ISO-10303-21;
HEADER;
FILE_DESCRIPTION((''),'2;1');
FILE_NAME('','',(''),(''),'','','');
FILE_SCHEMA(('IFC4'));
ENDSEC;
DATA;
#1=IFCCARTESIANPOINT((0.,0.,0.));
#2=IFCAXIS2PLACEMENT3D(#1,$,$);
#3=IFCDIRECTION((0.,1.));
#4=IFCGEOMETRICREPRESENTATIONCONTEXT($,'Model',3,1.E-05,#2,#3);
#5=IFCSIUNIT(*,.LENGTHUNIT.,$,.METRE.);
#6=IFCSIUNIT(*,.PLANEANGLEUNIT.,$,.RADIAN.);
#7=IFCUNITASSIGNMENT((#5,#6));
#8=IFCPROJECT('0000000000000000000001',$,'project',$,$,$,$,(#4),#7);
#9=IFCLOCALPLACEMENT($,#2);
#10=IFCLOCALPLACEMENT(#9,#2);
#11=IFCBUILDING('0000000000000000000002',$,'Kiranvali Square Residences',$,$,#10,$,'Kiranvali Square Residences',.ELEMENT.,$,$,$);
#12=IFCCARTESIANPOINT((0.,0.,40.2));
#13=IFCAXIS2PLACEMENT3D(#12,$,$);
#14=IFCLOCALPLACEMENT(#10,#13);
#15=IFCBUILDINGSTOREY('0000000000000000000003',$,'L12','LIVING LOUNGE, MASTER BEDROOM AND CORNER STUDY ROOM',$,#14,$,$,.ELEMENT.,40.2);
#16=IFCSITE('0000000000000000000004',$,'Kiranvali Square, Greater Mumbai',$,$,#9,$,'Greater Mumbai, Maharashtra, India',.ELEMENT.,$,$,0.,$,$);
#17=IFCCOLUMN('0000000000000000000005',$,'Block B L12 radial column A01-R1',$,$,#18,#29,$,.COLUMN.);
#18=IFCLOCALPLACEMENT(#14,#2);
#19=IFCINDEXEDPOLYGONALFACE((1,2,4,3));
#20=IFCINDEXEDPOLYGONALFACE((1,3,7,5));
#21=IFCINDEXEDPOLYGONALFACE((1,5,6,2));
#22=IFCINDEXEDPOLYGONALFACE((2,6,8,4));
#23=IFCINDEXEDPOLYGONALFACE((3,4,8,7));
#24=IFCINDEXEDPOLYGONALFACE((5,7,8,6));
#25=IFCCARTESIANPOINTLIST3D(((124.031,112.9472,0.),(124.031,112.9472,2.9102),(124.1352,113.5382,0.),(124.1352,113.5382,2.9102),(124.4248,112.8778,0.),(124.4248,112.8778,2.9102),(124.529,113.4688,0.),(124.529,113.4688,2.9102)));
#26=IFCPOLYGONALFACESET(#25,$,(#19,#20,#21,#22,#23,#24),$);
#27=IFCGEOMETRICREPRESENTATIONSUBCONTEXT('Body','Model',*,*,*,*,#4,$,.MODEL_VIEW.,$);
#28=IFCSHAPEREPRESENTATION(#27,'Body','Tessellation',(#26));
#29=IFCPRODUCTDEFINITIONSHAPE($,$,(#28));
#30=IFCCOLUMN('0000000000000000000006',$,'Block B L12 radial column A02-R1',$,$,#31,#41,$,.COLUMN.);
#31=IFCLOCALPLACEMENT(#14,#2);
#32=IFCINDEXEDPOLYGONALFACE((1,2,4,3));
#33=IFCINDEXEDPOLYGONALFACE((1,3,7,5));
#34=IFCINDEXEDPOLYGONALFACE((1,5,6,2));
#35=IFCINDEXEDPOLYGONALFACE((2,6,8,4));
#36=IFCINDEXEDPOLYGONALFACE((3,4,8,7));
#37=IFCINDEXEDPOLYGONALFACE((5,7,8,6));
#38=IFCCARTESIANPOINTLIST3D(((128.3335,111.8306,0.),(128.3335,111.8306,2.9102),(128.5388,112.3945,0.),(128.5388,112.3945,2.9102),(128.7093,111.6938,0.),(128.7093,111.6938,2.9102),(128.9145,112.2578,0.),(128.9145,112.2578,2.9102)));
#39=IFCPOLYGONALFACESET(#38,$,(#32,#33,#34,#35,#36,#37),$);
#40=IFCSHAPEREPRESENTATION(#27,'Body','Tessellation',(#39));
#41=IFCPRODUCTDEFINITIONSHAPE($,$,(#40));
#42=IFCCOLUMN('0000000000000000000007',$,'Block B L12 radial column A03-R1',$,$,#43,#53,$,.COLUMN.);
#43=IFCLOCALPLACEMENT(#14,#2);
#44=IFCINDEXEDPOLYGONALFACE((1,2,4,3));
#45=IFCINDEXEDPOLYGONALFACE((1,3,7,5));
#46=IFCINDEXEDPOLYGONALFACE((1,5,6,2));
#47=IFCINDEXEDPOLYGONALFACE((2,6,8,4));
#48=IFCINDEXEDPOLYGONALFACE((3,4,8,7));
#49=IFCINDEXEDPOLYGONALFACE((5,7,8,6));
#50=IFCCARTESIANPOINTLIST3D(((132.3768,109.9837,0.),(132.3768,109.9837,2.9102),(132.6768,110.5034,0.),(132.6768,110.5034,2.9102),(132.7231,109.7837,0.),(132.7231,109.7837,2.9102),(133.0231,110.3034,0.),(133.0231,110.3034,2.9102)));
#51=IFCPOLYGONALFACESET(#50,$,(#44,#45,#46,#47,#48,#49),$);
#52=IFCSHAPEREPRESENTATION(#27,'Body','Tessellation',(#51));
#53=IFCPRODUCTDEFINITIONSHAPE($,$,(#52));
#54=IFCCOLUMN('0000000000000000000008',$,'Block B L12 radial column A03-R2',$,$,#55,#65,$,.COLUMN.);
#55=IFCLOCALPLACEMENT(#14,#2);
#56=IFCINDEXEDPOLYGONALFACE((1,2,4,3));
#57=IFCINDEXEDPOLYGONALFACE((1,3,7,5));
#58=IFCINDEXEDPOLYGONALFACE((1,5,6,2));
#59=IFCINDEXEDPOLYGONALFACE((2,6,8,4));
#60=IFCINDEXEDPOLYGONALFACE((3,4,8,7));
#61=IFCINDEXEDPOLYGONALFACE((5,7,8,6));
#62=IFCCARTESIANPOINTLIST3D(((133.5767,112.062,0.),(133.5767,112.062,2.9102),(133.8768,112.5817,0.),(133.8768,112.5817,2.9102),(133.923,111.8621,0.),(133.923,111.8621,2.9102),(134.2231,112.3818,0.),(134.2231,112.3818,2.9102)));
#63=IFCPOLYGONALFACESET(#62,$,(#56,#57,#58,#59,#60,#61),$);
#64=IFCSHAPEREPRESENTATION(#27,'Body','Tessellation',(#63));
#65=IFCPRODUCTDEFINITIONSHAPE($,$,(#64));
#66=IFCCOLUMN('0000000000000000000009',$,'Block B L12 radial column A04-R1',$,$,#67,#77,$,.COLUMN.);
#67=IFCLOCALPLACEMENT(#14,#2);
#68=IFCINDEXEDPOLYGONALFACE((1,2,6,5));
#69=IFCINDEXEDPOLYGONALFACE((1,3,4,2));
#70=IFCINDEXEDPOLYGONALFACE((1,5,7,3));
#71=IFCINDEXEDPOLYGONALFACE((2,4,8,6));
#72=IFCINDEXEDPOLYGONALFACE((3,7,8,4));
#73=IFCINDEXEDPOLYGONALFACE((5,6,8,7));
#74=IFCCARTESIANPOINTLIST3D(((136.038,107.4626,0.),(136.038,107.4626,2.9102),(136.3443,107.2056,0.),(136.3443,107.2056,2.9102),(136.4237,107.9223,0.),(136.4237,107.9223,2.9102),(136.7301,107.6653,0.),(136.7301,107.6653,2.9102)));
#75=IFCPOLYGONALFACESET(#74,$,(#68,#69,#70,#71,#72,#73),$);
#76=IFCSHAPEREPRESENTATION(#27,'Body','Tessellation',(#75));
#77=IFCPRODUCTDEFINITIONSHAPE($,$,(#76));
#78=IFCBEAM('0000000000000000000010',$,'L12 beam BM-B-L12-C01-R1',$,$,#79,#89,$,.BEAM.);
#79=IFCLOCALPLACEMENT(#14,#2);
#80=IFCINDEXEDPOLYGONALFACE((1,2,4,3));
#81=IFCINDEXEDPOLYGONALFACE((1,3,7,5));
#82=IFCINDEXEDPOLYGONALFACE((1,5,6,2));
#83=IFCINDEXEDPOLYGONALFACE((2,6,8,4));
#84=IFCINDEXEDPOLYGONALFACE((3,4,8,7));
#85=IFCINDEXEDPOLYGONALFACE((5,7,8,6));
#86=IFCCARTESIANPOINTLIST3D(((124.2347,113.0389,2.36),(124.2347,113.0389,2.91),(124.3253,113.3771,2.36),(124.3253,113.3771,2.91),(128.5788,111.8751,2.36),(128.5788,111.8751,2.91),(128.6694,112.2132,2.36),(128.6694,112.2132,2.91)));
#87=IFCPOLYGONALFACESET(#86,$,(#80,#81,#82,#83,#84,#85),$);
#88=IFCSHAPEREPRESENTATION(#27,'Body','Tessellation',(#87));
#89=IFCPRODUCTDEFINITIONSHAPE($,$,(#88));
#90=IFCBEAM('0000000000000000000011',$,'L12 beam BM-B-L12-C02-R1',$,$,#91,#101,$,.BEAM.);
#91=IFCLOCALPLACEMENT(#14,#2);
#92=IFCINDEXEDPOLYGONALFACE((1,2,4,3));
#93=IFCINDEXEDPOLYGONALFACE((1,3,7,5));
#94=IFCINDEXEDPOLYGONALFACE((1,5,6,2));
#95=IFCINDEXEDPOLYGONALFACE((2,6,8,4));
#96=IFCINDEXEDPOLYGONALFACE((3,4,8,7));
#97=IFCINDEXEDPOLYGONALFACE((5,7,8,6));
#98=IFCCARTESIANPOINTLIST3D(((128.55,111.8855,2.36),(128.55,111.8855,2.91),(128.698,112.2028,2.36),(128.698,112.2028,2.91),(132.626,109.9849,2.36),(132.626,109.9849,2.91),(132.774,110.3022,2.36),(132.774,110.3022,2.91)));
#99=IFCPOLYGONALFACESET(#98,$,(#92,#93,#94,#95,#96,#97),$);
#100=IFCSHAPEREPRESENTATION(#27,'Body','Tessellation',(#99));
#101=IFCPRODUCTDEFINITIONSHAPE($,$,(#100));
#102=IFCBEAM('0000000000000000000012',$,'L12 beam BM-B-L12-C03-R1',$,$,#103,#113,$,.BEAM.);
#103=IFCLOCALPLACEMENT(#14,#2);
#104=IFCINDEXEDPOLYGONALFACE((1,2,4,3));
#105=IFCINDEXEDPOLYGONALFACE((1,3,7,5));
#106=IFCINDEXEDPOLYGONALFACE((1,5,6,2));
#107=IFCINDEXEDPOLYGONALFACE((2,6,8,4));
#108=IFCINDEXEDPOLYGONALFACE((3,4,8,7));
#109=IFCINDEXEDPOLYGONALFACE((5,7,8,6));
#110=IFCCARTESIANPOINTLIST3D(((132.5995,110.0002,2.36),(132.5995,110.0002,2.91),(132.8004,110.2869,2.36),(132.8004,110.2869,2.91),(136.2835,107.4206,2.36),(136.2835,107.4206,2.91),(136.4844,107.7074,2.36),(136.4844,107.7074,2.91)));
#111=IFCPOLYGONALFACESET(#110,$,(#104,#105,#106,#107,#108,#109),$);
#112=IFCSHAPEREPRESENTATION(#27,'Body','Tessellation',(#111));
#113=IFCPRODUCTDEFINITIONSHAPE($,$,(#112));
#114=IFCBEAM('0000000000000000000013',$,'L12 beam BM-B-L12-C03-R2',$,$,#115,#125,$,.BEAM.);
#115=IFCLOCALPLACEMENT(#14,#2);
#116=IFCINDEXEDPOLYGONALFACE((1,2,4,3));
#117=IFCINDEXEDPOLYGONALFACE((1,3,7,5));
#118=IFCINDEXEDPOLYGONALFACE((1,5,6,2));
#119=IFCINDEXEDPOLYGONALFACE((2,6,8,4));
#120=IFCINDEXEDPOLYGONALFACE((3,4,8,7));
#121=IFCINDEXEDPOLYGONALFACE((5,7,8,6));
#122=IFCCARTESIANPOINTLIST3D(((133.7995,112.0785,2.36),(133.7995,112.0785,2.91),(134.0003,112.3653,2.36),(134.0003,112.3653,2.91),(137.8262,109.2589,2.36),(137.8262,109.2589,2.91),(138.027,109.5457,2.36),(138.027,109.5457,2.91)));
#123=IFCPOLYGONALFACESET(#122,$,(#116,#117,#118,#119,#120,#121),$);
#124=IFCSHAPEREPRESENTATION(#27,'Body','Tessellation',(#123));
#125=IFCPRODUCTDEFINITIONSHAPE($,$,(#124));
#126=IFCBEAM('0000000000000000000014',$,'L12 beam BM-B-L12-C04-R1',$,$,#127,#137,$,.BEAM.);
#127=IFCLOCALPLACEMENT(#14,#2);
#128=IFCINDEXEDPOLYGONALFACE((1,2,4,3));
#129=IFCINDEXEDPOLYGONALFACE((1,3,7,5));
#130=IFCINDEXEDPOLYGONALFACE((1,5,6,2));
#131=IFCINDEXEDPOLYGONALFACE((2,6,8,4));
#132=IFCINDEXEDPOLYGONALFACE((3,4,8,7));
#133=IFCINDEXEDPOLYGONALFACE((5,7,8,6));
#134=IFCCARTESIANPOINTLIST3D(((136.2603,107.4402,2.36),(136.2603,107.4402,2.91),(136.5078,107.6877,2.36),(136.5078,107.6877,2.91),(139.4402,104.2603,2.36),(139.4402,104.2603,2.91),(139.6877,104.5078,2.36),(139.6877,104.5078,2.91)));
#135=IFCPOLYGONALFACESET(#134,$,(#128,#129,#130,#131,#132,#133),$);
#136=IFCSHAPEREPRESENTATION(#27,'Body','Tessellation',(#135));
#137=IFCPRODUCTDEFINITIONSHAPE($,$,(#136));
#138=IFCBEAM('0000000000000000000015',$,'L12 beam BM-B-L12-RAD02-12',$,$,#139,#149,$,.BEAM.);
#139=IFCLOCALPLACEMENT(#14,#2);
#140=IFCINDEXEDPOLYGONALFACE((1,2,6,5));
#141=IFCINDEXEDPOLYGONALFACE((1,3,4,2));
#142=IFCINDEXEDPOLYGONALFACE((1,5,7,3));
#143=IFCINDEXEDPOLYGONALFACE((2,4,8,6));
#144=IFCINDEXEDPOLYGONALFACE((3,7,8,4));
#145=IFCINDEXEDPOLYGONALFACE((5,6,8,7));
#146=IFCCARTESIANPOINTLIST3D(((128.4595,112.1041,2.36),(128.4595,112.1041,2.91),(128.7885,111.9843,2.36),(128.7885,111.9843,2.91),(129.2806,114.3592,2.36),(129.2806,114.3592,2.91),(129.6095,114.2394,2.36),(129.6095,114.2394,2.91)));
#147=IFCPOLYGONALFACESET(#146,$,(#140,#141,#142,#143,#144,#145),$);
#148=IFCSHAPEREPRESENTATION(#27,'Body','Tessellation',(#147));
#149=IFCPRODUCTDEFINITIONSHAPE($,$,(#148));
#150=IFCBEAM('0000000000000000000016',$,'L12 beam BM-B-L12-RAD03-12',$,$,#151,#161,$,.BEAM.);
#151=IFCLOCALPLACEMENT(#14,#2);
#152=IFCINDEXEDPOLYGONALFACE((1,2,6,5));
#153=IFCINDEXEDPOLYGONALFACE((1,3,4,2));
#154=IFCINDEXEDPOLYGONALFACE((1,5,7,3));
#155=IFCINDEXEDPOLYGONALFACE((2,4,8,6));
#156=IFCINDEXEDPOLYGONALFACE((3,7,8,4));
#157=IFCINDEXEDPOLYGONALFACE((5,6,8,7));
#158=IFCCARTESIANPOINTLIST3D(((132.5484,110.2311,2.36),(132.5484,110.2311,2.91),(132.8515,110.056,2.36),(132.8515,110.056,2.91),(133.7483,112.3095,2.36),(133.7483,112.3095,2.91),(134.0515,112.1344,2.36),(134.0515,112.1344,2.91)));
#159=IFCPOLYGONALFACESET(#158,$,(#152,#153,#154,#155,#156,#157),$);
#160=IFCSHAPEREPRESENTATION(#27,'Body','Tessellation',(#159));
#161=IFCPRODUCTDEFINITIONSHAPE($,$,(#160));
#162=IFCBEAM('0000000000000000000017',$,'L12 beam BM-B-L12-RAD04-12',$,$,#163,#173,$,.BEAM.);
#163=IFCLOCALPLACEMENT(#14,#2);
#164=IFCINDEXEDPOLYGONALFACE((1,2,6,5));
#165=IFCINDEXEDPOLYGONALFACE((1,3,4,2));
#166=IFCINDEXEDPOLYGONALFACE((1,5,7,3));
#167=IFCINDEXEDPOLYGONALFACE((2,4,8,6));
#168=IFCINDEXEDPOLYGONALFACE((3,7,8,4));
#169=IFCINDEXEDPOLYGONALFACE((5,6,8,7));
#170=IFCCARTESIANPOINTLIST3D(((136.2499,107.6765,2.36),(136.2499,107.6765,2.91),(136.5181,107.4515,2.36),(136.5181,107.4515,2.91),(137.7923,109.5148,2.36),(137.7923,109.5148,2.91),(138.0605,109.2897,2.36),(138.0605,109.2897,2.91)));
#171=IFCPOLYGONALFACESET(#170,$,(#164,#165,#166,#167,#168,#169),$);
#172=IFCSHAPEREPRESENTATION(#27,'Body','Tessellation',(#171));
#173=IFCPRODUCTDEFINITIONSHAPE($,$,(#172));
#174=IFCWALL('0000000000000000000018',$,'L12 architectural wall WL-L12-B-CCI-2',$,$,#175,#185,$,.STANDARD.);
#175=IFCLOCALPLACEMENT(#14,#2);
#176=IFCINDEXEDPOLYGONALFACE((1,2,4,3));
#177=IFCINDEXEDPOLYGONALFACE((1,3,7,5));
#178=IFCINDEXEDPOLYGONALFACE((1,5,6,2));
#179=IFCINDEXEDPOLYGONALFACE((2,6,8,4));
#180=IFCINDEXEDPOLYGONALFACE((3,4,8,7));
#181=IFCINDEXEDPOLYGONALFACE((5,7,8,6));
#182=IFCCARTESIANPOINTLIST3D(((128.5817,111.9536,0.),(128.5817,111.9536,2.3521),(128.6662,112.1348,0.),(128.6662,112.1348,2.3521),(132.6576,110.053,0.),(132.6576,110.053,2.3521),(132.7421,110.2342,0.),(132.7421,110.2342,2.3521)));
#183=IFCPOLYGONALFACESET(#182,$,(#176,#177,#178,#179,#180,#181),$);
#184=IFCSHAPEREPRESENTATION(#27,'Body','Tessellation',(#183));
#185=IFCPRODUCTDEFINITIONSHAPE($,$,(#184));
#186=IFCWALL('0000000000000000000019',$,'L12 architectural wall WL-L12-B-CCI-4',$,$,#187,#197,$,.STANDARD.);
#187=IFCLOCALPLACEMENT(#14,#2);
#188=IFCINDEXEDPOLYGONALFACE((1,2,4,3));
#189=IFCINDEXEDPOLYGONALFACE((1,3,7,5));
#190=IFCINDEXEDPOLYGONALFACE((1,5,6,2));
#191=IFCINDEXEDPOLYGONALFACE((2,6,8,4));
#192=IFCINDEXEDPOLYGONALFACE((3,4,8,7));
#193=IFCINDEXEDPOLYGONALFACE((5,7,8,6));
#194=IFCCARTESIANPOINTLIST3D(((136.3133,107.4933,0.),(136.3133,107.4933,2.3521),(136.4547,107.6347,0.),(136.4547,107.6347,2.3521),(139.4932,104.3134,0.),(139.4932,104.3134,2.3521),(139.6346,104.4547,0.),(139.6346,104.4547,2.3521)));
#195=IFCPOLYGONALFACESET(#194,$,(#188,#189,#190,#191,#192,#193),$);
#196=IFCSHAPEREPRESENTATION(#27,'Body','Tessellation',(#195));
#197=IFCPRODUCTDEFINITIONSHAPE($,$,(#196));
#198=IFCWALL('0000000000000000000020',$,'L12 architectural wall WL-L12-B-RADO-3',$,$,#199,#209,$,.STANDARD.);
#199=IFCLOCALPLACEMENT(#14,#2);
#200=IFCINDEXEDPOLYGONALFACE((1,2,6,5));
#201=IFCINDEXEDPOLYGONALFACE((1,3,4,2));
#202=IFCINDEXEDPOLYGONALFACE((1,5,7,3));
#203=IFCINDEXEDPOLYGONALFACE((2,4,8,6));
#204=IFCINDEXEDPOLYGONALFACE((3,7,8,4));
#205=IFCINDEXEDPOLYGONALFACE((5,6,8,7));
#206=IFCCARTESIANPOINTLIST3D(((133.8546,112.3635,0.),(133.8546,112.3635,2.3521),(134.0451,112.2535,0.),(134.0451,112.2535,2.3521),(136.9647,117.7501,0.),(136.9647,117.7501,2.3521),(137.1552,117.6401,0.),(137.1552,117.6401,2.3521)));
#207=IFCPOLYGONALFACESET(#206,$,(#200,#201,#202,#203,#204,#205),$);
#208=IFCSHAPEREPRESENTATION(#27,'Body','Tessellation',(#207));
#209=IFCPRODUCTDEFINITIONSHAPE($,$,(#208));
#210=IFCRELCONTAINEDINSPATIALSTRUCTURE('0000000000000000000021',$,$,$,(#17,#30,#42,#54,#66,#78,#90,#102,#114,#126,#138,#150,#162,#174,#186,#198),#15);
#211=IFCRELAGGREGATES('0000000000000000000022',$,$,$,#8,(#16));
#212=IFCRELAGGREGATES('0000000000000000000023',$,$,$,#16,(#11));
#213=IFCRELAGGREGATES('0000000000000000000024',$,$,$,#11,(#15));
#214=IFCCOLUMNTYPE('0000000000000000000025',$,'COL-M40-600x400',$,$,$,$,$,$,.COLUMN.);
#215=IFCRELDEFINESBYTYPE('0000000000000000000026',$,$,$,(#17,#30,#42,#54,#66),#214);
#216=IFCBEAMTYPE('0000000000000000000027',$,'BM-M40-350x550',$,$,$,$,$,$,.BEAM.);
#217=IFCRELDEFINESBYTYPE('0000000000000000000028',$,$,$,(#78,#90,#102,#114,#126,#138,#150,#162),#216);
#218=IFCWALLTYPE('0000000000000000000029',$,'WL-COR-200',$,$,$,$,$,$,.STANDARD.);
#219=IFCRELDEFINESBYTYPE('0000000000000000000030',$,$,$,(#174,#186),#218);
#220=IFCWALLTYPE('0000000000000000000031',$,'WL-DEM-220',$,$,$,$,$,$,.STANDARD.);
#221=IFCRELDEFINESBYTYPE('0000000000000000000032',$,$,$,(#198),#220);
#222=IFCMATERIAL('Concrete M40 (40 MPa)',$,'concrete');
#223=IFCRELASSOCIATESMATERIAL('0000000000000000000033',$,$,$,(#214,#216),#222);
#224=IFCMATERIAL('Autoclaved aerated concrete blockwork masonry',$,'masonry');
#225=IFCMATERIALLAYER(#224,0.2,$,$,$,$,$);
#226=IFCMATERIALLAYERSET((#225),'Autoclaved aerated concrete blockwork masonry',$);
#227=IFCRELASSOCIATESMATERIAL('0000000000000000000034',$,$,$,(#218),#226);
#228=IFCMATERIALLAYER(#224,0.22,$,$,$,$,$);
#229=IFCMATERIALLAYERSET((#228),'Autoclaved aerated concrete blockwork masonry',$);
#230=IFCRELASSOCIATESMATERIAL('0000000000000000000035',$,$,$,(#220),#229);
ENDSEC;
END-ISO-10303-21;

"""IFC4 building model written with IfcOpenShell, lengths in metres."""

from ifc_helpers import new_model, si_unit, direction, frame, frame_2d, origin, origin_2d, place, context, subcontext, project, spatial, rectangle, extrude, material, layer, layer_set, material_profile, profile_set, type_object, element, save


model = new_model("IFC4")

# Units and contexts
model_context = context("Model", 3, precision=1e-05, world=origin(), true_north=direction((0.0, 1.0)))
body_context = subcontext(model_context, "Body", "Model", "MODEL_VIEW")
ifc_project = project(units=[si_unit("LENGTHUNIT", "METRE"), si_unit("PLANEANGLEUNIT", "RADIAN")], contexts=[model_context])

# Site, building, storey
site_placement = place(None, origin())
site = spatial("IfcSite", under=ifc_project, at=site_placement, Name="Kiranvali Square, Greater Mumbai", LongName="Greater Mumbai, Maharashtra, India", CompositionType="ELEMENT", RefElevation=0.0)
building_placement = place(site_placement, origin())
building = spatial("IfcBuilding", under=site, at=building_placement, Name="Kiranvali Square Residences", LongName="Kiranvali Square Residences", CompositionType="ELEMENT")
storey_placement = place(building_placement, frame((0.0, 0.0, 40.2)))
storey = spatial("IfcBuildingStorey", under=building, at=storey_placement, Name="L12", Description="LIVING LOUNGE, MASTER BEDROOM AND CORNER STUDY ROOM", CompositionType="ELEMENT", Elevation=40.2)

# Columns
ifc_material_1 = material(Name="Concrete M40 (40 MPa)", Category="concrete")
ifc_material_profile_1 = material_profile(ifc_material_1, rectangle(XDim=0.3999, YDim=0.6001, at=origin_2d()), Name="RC 600x400")
ifc_profile_set_1 = profile_set([ifc_material_profile_1], Name="Concrete M40 (40 MPa)")
column_type = type_object("IfcColumnType", Name="COL-M40-600x400", PredefinedType="COLUMN", material=ifc_profile_set_1)
for number, where, z_axis, x_axis, name in (
    (1, (124.28, 113.208, 0.0), (0.0, 0.0, 1.0), (-0.984808, 0.173648, 0.0), "Block B L12 radial column A01-R1"),
    (2, (128.624, 112.0442, 0.0), (0.0, 0.0, 1.0), (-0.939693, 0.34202, 0.0), "Block B L12 radial column A02-R1"),
    (3, (132.7, 110.1436, 0.0), (0.0, 0.0, 1.0), (-0.866025, 0.5, 0.0), "Block B L12 radial column A03-R1"),
    (4, (133.8999, 112.2219, 0.0), (0.0, 0.0, 1.0), (-0.866025, 0.5, 0.0), "Block B L12 radial column A03-R2"),
    (5, (136.384, 107.564, 0.0), (0.0, 0.0, 1.0), (-0.766044, 0.642788, 0.0), "Block B L12 radial column A04-R1"),
):
    element("IfcColumn", number, at=place(storey_placement, frame(where, z_axis=z_axis, x_axis=x_axis)), inside=storey, type_object=column_type, Name=name, PredefinedType="COLUMN", context=body_context, shape_type="SweptSolid", body=[
        extrude(rectangle(XDim=0.3999, YDim=0.6001, at=origin_2d()), origin(), (0.0, 0.0, 1.0), 2.9102),
    ])

# Beams
ifc_material_profile_2 = material_profile(ifc_material_1, rectangle(XDim=0.3501, YDim=0.55, at=origin_2d()), Name="RC 350x550")
ifc_profile_set_2 = profile_set([ifc_material_profile_2], Name="Concrete M40 (40 MPa)")
beam_type = type_object("IfcBeamType", Name="BM-M40-350x550", PredefinedType="BEAM", material=ifc_profile_set_2)
for number, where, z_axis, x_axis, name in (
    (6, (124.28, 113.208, 2.635), (0.965934, -0.258788, 0.0), (0.258788, 0.965934, 0.0), "L12 beam BM-B-L12-C01-R1"),
    (7, (128.624, 112.0442, 2.635), (0.906308, -0.422618, 0.0), (0.422618, 0.906308, 0.0), "L12 beam BM-B-L12-C02-R1"),
    (8, (132.7, 110.1436, 2.635), (0.819155, -0.573572, 0.0), (0.573572, 0.819155, 0.0), "L12 beam BM-B-L12-C03-R1"),
):
    element("IfcBeam", number, at=place(storey_placement, frame(where, z_axis=z_axis, x_axis=x_axis)), inside=storey, type_object=beam_type, Name=name, PredefinedType="BEAM", context=body_context, shape_type="SweptSolid", body=[
        extrude(rectangle(XDim=0.3501, YDim=0.55, at=origin_2d()), origin(), (0.0, 0.0, 1.0), 4.4973),
    ])
beam_1_placement = place(storey_placement, frame((133.8999, 112.2219, 2.635), z_axis=(0.819141, -0.573592, 0.0), x_axis=(0.573592, 0.819141, 0.0)))
element("IfcBeam", 9, at=beam_1_placement, inside=storey, type_object=beam_type, Name="L12 beam BM-B-L12-C03-R2", PredefinedType="BEAM", context=body_context, shape_type="SweptSolid", body=[
    extrude(rectangle(XDim=0.3501, YDim=0.55, at=origin_2d()), origin(), (0.0, 0.0, 1.0), 4.9158),
])
beam_2_placement = place(storey_placement, frame((136.384, 107.564, 2.635), z_axis=(0.707107, -0.707107, 0.0), x_axis=(0.707107, 0.707107, 0.0)))
element("IfcBeam", 10, at=beam_2_placement, inside=storey, type_object=beam_type, Name="L12 beam BM-B-L12-C04-R1", PredefinedType="BEAM", context=body_context, shape_type="SweptSolid", body=[
    extrude(rectangle(XDim=0.3501, YDim=0.55, at=origin_2d()), origin(), (0.0, 0.0, 1.0), 4.4971),
])
for number, where, z_axis, x_axis, name in (
    (11, (128.624, 112.0442, 2.635), (0.342111, 0.93966, 0.0), (-0.93966, 0.342111, 0.0), "L12 beam BM-B-L12-RAD02-12"),
    (12, (132.7, 110.1436, 2.635), (0.500001, 0.866025, 0.0), (-0.866025, 0.500001, 0.0), "L12 beam BM-B-L12-RAD03-12"),
):
    element("IfcBeam", number, at=place(storey_placement, frame(where, z_axis=z_axis, x_axis=x_axis)), inside=storey, type_object=beam_type, Name=name, PredefinedType="BEAM", context=body_context, shape_type="SweptSolid", body=[
        extrude(rectangle(XDim=0.3501, YDim=0.55, at=origin_2d()), origin(), (0.0, 0.0, 1.0), 2.3999),
    ])
beam_3_placement = place(storey_placement, frame((136.384, 107.564, 2.635), z_axis=(0.642763, 0.766065, 0.0), x_axis=(-0.766065, 0.642763, 0.0)))
element("IfcBeam", 13, at=beam_3_placement, inside=storey, type_object=beam_type, Name="L12 beam BM-B-L12-RAD04-12", PredefinedType="BEAM", context=body_context, shape_type="SweptSolid", body=[
    extrude(rectangle(XDim=0.3501, YDim=0.55, at=origin_2d()), origin(), (0.0, 0.0, 1.0), 2.3997),
])

# Wall
ifc_material_2 = material(Name="Autoclaved aerated concrete blockwork masonry", Category="masonry")
ifc_layer_1 = layer(ifc_material_2, 0.2)
ifc_layer_set_1 = layer_set([ifc_layer_1], Name="Autoclaved aerated concrete blockwork masonry")
wall_type_1 = type_object("IfcWallType", Name="WL-COR-200", PredefinedType="STANDARD", material=ifc_layer_set_1)
wall_1_placement = place(storey_placement, frame((128.624, 112.0442, 0.0), z_axis=(0.0, 0.0, 1.0), x_axis=(0.906308, -0.422618, 0.0)))
element("IfcWall", 14, at=wall_1_placement, inside=storey, type_object=wall_type_1, Name="L12 architectural wall WL-L12-B-CCI-2", PredefinedType="STANDARD", context=body_context, shape_type="SweptSolid", body=[
    extrude(rectangle(XDim=4.4973, YDim=0.2, at=frame_2d((2.2485, 0.0))), origin(), (0.0, 0.0, 1.0), 2.3521),
])

# Walls
wall_2_placement = place(storey_placement, frame((136.384, 107.564, 0.0), z_axis=(0.0, 0.0, 1.0), x_axis=(0.707107, -0.707107, 0.0)))
element("IfcWall", 15, at=wall_2_placement, inside=storey, type_object=wall_type_1, Name="L12 architectural wall WL-L12-B-CCI-4", PredefinedType="STANDARD", context=body_context, shape_type="SweptSolid", body=[
    extrude(rectangle(XDim=4.4971, YDim=0.2, at=frame_2d((2.2485, 0.0))), origin(), (0.0, 0.0, 1.0), 2.3521),
])
ifc_layer_2 = layer(ifc_material_2, 0.22)
ifc_layer_set_2 = layer_set([ifc_layer_2], Name="Autoclaved aerated concrete blockwork masonry")
wall_type_2 = type_object("IfcWallType", Name="WL-DEM-220", PredefinedType="STANDARD", material=ifc_layer_set_2)
wall_3_placement = place(storey_placement, frame((133.95, 112.3086, 0.0), z_axis=(0.0, 0.0, 1.0), x_axis=(0.50001, 0.86602, 0.0)))
element("IfcWall", 16, at=wall_3_placement, inside=storey, type_object=wall_type_2, Name="L12 architectural wall WL-L12-B-RADO-3", PredefinedType="STANDARD", context=body_context, shape_type="SweptSolid", body=[
    extrude(rectangle(XDim=6.22, YDim=0.22, at=frame_2d((3.1099, 0.0))), origin(), (0.0, 0.0, 1.0), 2.3521),
])

save(model, "model.ifc")
